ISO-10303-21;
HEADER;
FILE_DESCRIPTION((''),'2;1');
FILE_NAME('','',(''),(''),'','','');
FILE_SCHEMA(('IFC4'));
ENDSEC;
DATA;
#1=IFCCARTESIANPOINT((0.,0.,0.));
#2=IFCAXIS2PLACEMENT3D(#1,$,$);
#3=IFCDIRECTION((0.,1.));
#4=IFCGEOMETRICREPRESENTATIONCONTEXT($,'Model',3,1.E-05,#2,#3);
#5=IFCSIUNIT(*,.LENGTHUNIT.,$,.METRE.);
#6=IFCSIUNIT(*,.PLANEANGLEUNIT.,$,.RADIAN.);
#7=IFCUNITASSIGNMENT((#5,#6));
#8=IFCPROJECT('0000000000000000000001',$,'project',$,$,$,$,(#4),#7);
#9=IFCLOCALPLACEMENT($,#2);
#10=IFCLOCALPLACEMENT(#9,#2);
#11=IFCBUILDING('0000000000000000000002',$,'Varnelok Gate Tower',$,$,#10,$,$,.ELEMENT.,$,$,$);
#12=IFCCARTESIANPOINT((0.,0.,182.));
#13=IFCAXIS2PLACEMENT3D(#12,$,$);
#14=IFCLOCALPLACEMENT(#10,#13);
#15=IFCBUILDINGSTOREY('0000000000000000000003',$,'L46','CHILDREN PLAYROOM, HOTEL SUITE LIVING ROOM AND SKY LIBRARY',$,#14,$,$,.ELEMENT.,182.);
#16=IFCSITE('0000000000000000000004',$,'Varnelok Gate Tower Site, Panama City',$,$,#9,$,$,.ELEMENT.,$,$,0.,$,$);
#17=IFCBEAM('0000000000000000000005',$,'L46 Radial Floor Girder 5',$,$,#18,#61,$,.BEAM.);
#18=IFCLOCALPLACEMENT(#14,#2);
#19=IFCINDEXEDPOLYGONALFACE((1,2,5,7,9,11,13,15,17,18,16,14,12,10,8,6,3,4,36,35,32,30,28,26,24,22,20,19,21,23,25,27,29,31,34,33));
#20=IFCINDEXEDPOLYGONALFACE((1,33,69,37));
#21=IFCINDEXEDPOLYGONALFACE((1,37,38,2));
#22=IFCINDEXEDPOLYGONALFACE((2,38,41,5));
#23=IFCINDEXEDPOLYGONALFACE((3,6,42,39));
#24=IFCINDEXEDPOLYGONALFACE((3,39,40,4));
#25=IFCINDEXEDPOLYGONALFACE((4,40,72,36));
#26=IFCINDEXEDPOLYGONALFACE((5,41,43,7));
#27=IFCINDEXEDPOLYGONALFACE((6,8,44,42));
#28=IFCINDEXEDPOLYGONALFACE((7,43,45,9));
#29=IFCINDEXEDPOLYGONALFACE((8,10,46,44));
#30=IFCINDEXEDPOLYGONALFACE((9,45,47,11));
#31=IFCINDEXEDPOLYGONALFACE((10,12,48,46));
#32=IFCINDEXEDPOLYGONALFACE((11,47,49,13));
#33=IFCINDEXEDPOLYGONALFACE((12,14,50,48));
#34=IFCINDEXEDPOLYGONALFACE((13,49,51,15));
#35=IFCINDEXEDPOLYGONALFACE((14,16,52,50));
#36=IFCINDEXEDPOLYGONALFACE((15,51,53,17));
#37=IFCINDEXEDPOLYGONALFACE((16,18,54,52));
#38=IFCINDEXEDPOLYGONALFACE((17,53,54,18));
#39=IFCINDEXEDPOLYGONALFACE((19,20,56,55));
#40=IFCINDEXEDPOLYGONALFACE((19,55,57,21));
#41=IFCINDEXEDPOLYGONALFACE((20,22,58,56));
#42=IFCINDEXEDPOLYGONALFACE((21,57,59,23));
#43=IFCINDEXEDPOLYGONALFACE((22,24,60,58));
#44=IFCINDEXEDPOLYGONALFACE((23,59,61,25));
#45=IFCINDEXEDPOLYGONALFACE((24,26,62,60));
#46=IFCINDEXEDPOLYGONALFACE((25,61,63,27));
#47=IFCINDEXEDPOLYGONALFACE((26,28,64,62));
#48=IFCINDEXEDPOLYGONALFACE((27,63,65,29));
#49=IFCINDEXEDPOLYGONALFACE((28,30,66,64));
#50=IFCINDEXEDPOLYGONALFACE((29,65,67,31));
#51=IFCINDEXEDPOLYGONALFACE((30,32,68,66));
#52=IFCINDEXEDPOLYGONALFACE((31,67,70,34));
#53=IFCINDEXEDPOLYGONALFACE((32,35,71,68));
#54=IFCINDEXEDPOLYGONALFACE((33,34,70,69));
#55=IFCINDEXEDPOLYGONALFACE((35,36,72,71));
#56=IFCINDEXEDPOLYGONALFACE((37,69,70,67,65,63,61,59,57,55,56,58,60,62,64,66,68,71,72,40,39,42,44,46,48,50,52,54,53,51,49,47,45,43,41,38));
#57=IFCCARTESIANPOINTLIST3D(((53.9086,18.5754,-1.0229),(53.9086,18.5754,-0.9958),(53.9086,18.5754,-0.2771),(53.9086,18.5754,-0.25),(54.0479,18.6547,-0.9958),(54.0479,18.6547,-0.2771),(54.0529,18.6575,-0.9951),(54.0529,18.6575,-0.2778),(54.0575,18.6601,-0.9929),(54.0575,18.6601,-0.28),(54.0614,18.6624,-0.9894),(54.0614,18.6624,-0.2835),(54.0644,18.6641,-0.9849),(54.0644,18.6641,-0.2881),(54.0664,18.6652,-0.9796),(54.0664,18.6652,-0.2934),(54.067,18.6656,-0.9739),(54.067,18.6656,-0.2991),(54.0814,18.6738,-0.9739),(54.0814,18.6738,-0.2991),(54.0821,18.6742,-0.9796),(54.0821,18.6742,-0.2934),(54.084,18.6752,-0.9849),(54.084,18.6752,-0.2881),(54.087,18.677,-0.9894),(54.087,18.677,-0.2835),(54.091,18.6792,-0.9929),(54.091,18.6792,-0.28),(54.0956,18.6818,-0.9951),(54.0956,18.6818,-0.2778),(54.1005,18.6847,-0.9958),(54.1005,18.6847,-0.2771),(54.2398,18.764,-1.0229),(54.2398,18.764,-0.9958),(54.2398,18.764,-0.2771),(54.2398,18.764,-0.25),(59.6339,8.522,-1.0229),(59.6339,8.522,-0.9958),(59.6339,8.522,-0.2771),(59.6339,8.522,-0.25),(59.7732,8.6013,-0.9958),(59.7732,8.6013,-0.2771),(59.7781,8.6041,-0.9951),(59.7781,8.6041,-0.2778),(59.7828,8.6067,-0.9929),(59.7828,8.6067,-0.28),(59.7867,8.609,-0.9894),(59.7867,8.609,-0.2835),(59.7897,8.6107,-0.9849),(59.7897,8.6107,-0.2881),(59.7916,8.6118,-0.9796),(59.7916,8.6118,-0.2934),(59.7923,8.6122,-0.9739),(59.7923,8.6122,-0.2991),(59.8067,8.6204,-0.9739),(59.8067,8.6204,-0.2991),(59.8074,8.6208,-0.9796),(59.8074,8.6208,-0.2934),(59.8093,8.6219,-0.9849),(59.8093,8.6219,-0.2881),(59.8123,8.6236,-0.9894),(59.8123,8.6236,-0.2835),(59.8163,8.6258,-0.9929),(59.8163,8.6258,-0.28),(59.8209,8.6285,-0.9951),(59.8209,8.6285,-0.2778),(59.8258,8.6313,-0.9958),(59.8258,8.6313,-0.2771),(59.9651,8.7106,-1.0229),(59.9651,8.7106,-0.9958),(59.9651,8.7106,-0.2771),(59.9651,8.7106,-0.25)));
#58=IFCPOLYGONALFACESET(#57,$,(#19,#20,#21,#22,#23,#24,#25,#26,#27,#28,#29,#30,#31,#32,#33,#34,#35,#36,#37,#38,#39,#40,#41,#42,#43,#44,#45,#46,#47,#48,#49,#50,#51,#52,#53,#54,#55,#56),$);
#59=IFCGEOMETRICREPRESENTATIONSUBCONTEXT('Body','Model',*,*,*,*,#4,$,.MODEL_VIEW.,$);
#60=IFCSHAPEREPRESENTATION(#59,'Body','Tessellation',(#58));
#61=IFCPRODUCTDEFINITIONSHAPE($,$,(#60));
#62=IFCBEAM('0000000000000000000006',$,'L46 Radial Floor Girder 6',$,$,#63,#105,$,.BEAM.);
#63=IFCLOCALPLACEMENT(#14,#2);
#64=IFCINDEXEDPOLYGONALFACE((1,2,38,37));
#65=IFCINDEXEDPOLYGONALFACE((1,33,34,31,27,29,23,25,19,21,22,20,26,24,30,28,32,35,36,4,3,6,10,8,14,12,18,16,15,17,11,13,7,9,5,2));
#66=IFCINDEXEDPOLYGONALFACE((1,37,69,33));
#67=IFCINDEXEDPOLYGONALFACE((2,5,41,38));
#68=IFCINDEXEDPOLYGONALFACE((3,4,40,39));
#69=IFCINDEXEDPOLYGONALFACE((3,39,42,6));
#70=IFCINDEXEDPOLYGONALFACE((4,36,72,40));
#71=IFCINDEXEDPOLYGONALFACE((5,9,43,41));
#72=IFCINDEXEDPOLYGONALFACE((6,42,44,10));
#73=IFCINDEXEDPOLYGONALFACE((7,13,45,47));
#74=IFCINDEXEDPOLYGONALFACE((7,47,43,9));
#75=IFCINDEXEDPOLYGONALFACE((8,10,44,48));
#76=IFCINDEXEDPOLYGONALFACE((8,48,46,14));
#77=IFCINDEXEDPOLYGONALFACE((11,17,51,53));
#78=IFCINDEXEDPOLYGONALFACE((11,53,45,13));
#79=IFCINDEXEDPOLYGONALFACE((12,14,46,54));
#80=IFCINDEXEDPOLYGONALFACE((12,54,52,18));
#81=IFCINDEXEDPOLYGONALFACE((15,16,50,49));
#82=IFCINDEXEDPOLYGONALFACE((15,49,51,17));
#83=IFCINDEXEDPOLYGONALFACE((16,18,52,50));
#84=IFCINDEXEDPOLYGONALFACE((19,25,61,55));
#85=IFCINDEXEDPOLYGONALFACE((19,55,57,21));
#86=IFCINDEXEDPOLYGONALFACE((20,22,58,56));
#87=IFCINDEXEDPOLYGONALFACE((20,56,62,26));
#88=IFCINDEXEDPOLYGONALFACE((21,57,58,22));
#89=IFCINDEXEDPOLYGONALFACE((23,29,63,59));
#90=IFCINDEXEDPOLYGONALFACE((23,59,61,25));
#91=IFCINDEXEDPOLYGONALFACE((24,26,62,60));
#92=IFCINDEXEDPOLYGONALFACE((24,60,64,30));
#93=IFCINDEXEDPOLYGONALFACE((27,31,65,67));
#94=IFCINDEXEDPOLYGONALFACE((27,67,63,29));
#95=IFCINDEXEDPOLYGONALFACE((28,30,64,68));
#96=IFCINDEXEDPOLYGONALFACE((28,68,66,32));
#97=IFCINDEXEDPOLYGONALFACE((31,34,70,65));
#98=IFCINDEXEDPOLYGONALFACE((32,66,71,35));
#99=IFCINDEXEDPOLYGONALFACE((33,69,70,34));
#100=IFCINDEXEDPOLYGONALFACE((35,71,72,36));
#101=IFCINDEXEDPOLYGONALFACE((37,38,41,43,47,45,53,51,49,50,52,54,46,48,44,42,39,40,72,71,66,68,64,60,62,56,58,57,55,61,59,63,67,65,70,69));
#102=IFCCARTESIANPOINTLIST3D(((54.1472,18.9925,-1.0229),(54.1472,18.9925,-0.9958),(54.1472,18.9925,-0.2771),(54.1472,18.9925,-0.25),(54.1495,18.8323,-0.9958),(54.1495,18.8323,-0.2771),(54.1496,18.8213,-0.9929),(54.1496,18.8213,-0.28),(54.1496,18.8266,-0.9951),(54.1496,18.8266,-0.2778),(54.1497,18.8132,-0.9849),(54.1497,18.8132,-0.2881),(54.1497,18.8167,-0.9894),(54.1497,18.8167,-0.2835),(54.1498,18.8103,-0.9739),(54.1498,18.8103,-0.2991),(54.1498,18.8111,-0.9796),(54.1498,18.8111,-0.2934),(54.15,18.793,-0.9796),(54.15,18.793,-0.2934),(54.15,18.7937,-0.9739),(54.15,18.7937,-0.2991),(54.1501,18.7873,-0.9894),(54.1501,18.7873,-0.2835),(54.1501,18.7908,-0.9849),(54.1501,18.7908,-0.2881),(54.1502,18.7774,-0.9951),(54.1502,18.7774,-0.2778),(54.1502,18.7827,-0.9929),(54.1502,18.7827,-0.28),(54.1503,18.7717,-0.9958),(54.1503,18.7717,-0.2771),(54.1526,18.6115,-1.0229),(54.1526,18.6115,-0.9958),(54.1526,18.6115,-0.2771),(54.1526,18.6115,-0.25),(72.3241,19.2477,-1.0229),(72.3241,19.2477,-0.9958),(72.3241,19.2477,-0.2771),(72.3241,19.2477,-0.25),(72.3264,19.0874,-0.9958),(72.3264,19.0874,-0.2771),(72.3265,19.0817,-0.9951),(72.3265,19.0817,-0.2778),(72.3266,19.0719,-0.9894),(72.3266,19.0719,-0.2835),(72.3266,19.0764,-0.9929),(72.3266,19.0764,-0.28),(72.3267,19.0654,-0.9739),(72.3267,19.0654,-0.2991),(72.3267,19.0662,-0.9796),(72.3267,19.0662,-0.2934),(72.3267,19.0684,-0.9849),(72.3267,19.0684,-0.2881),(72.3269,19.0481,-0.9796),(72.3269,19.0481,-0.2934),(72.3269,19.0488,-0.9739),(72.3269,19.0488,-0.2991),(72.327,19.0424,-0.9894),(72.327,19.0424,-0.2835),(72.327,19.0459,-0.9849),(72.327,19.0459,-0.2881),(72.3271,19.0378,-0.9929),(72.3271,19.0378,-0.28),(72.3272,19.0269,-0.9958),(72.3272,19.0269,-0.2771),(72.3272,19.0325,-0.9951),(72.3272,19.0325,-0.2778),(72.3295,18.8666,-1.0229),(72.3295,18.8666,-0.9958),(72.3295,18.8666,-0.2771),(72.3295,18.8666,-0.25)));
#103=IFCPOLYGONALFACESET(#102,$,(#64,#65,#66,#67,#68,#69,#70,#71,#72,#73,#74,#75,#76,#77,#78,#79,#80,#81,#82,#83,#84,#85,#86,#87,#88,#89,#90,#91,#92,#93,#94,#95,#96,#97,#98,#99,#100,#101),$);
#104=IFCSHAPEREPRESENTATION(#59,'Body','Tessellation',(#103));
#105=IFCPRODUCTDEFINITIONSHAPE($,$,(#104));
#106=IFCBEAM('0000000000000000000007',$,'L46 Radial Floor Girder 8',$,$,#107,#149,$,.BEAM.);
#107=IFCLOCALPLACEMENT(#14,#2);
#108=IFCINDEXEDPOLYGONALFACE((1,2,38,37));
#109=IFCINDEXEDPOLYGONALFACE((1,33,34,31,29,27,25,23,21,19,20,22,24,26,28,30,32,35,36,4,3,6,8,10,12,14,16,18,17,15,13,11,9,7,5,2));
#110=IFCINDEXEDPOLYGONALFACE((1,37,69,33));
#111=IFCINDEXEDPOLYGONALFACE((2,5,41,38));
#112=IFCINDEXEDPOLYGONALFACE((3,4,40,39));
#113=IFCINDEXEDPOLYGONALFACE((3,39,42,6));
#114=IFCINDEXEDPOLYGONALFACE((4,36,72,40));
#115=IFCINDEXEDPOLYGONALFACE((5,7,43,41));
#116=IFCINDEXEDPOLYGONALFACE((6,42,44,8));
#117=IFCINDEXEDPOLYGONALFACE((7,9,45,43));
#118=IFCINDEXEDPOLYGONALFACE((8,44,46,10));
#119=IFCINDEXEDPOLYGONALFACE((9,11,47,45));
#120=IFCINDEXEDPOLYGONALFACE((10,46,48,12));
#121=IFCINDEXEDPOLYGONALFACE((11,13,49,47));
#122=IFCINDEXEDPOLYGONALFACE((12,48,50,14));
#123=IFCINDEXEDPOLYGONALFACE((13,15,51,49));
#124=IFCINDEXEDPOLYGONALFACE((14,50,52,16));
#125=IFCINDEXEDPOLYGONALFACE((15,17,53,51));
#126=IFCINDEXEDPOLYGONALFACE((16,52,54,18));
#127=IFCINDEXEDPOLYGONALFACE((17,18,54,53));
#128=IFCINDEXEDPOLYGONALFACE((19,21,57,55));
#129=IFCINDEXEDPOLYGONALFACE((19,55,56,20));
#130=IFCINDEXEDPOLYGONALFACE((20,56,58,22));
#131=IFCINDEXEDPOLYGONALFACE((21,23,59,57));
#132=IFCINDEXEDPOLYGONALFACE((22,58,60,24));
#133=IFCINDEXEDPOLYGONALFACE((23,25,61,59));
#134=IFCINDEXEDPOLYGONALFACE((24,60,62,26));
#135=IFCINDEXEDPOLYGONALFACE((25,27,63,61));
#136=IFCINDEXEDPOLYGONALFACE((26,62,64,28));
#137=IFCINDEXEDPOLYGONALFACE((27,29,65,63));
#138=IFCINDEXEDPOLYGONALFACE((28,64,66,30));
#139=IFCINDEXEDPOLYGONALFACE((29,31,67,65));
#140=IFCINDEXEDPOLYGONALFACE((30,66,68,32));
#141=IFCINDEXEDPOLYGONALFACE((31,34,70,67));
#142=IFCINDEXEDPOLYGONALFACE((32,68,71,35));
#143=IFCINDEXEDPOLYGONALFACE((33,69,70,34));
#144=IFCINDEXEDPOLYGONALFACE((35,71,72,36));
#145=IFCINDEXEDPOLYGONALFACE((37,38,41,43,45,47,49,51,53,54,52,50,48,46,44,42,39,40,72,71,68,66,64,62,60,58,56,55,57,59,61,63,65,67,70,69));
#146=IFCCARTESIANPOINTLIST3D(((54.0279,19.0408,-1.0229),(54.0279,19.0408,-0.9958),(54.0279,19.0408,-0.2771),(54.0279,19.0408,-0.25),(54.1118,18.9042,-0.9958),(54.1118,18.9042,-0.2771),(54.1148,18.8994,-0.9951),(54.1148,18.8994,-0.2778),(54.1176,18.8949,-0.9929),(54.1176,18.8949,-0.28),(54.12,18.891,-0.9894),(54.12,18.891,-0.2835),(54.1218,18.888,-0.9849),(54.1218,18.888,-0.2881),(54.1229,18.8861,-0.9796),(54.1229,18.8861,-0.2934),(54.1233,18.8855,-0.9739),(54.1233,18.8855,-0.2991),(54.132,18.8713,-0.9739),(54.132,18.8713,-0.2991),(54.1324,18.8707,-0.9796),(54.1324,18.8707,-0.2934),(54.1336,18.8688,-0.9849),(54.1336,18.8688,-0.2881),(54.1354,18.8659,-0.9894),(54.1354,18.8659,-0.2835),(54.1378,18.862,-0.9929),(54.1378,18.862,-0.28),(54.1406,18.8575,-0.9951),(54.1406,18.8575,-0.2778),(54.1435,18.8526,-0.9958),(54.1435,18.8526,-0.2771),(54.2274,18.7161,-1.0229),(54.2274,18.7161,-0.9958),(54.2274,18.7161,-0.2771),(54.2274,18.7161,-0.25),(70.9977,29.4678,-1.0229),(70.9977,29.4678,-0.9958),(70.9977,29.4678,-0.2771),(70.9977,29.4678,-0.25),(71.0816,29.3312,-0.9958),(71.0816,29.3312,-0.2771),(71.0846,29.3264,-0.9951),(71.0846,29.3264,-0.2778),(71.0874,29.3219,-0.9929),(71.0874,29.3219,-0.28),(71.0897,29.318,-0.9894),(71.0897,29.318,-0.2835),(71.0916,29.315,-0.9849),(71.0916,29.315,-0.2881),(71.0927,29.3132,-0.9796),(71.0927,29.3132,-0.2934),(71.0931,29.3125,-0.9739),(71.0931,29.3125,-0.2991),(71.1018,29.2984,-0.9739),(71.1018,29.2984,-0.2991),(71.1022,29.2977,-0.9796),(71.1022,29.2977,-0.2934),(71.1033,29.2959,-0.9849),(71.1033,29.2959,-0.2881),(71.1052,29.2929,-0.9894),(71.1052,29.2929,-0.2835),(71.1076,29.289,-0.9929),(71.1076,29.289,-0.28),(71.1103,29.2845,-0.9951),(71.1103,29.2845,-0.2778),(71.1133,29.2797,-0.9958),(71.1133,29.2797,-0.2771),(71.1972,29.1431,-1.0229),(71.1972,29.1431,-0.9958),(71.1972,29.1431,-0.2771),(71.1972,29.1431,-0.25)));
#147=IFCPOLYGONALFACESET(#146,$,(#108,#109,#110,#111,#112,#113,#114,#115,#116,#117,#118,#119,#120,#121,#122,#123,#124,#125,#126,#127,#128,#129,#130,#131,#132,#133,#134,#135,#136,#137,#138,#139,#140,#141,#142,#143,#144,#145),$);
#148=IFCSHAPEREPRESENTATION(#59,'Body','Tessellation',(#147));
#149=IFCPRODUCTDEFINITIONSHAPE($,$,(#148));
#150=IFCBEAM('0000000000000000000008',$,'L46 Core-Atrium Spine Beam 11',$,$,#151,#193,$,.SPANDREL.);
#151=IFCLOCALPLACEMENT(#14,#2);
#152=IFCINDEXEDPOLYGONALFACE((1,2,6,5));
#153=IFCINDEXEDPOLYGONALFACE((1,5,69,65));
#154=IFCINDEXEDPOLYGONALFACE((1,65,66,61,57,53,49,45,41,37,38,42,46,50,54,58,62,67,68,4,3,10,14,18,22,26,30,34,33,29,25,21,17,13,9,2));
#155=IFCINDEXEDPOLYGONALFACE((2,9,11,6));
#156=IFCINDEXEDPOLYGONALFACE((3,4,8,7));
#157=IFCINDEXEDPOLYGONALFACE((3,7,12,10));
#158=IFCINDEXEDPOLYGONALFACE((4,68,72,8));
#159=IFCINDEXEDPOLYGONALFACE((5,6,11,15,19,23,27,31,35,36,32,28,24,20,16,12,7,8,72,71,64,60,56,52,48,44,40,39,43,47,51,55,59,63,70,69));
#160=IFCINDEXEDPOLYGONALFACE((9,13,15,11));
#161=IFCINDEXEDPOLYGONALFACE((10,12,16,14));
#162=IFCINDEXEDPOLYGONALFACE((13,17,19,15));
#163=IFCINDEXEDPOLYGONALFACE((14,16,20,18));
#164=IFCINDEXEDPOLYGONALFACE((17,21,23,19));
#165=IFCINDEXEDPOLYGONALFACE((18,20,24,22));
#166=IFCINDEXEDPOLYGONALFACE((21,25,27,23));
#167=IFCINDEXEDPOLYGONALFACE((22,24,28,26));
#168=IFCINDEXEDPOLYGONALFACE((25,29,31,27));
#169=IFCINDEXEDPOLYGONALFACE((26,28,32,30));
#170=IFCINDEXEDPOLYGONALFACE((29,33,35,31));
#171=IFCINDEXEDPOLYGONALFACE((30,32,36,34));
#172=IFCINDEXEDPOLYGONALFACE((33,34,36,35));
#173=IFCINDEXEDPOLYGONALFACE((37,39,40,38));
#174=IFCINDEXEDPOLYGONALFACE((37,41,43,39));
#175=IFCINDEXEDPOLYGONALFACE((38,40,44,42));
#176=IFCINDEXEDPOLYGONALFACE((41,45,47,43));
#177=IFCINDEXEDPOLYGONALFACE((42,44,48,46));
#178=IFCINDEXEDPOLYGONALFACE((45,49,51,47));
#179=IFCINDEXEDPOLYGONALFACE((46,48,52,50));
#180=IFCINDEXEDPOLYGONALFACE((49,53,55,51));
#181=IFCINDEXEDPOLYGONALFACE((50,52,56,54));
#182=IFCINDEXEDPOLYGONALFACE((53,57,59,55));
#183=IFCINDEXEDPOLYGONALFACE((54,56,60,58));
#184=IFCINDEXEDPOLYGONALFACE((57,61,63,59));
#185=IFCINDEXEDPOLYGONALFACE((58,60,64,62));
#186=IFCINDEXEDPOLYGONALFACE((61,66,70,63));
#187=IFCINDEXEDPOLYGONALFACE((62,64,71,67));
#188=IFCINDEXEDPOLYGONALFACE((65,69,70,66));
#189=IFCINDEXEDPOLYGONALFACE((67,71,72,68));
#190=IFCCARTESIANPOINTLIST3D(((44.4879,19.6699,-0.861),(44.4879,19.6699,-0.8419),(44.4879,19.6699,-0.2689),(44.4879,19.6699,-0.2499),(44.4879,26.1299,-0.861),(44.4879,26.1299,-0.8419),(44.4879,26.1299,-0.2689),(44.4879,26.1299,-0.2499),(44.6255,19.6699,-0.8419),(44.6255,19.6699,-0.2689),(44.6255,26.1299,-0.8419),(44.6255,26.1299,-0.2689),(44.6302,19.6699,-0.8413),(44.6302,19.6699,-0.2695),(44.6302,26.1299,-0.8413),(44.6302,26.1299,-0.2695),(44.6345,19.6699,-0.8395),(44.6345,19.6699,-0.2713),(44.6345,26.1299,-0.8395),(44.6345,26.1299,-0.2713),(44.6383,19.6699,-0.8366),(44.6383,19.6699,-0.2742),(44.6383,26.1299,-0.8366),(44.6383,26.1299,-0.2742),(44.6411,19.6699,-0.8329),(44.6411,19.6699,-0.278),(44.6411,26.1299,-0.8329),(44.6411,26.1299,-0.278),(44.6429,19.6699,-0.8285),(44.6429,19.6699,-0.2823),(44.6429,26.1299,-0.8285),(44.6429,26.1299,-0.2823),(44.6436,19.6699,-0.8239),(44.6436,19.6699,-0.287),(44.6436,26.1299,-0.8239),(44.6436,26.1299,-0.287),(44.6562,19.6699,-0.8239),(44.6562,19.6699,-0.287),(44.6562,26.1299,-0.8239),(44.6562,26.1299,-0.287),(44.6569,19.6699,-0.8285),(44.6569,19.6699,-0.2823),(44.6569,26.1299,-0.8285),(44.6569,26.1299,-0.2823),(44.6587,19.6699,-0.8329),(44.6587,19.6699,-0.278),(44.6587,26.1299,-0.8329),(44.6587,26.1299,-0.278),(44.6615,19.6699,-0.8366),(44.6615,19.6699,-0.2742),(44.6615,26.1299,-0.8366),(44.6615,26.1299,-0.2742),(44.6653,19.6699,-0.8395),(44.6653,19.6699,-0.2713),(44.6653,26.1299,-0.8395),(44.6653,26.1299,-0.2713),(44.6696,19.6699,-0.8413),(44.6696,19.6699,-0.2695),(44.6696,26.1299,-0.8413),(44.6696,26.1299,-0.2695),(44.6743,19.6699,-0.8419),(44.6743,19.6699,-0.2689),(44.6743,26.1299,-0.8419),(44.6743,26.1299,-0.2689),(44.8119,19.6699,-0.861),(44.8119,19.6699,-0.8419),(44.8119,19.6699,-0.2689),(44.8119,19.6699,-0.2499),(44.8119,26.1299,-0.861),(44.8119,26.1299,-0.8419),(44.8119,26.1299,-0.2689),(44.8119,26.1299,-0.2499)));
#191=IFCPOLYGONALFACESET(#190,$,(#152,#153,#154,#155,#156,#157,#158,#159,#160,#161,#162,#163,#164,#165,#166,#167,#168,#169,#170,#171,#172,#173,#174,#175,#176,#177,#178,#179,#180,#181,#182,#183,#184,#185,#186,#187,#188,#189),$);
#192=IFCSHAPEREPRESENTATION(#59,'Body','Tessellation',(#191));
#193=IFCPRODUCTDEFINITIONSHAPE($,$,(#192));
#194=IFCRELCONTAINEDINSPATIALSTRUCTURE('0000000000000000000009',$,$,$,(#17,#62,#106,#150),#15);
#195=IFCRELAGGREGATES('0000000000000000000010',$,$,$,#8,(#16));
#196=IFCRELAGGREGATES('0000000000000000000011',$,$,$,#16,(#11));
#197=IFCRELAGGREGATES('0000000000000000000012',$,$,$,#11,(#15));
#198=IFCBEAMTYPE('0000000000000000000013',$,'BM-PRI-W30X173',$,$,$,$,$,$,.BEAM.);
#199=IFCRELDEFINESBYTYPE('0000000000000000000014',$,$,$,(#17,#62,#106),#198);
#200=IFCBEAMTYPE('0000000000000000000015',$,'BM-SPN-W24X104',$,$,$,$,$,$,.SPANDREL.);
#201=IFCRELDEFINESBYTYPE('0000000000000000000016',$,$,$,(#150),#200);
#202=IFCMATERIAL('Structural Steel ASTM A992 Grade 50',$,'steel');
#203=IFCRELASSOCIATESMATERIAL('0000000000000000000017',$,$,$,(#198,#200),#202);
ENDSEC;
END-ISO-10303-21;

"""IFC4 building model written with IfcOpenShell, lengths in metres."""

from ifc_helpers import new_model, si_unit, direction, frame, origin, origin_2d, place, context, subcontext, project, spatial, i_section, extrude, material, material_profile, profile_set, type_object, element, save


model = new_model("IFC4")

# Units and contexts
model_context = context("Model", 3, precision=1e-05, world=origin(), true_north=direction((0.0, 1.0)))
body_context = subcontext(model_context, "Body", "Model", "MODEL_VIEW")
ifc_project = project(units=[si_unit("LENGTHUNIT", "METRE"), si_unit("PLANEANGLEUNIT", "RADIAN")], contexts=[model_context])

# Site, building, storey
site_placement = place(None, origin())
site = spatial("IfcSite", under=ifc_project, at=site_placement, Name="Varnelok Gate Tower Site, Panama City", CompositionType="ELEMENT", RefElevation=0.0)
building_placement = place(site_placement, origin())
building = spatial("IfcBuilding", under=site, at=building_placement, Name="Varnelok Gate Tower", CompositionType="ELEMENT")
storey_placement = place(building_placement, frame((0.0, 0.0, 182.0)))
storey = spatial("IfcBuildingStorey", under=building, at=storey_placement, Name="L46", Description="CHILDREN PLAYROOM, HOTEL SUITE LIVING ROOM AND SKY LIBRARY", CompositionType="ELEMENT", Elevation=182.0)

# Shared definitions
ifc_material_1 = material(Name="Structural Steel ASTM A992 Grade 50", Category="steel")

# Beams
ifc_material_profile_1 = material_profile(ifc_material_1, i_section(OverallWidth=0.3811, OverallDepth=0.7729, WebThickness=0.0166, FlangeThickness=0.0271, FilletRadius=0.022, at=origin_2d()), Name="W30X173")
ifc_profile_set_1 = profile_set([ifc_material_profile_1], Name="Structural Steel ASTM A992 Grade 50")
beam_type_1 = type_object("IfcBeamType", Name="BM-PRI-W30X173", PredefinedType="BEAM", material=ifc_profile_set_1)
beam_1_placement = place(storey_placement, frame((54.0742, 18.6697, -0.6365), z_axis=(0.494868, -0.868968, 0.0), x_axis=(0.868968, 0.494868, 0.0)))
element("IfcBeam", 1, at=beam_1_placement, inside=storey, type_object=beam_type_1, Name="L46 Radial Floor Girder 5", PredefinedType="BEAM", context=body_context, shape_type="SweptSolid", body=[
    extrude(i_section(OverallWidth=0.3811, OverallDepth=0.7729, WebThickness=0.0166, FlangeThickness=0.0271, FilletRadius=0.022, at=origin_2d()), origin(), (0.0, 0.0, 1.0), 11.5693),
])
beam_2_placement = place(storey_placement, frame((54.1499, 18.802, -0.6365), z_axis=(0.999902, 0.014034, 0.0), x_axis=(-0.014034, 0.999902, 0.0)))
element("IfcBeam", 2, at=beam_2_placement, inside=storey, type_object=beam_type_1, Name="L46 Radial Floor Girder 6", PredefinedType="BEAM", context=body_context, shape_type="SweptSolid", body=[
    extrude(i_section(OverallWidth=0.3811, OverallDepth=0.7729, WebThickness=0.0166, FlangeThickness=0.0271, FilletRadius=0.022, at=origin_2d()), origin(), (0.0, 0.0, 1.0), 18.1787),
])
beam_3_placement = place(storey_placement, frame((54.1277, 18.8784, -0.6365), z_axis=(0.852015, 0.523518, 0.0), x_axis=(-0.523518, 0.852015, 0.0)))
element("IfcBeam", 3, at=beam_3_placement, inside=storey, type_object=beam_type_1, Name="L46 Radial Floor Girder 8", PredefinedType="BEAM", context=body_context, shape_type="SweptSolid", body=[
    extrude(i_section(OverallWidth=0.3811, OverallDepth=0.7729, WebThickness=0.0166, FlangeThickness=0.0271, FilletRadius=0.022, at=origin_2d()), origin(), (0.0, 0.0, 1.0), 19.9172),
])
ifc_material_profile_2 = material_profile(ifc_material_1, i_section(OverallWidth=0.324, OverallDepth=0.6111, WebThickness=0.0127, FlangeThickness=0.019, FilletRadius=0.0181, at=origin_2d()), Name="W24X104")
ifc_profile_set_2 = profile_set([ifc_material_profile_2], Name="Structural Steel ASTM A992 Grade 50")
beam_type_2 = type_object("IfcBeamType", Name="BM-SPN-W24X104", PredefinedType="SPANDREL", material=ifc_profile_set_2)
beam_4_placement = place(storey_placement, frame((44.6499, 19.6699, -0.5554), z_axis=(0.0, 1.0, 0.0), x_axis=(-1.0, 0.0, 0.0)))
element("IfcBeam", 4, at=beam_4_placement, inside=storey, type_object=beam_type_2, Name="L46 Core-Atrium Spine Beam 11", PredefinedType="SPANDREL", context=body_context, shape_type="SweptSolid", body=[
    extrude(i_section(OverallWidth=0.324, OverallDepth=0.6111, WebThickness=0.0127, FlangeThickness=0.019, FilletRadius=0.0181, at=origin_2d()), origin(), (0.0, 0.0, 1.0), 6.46),
])

save(model, "model.ifc")
